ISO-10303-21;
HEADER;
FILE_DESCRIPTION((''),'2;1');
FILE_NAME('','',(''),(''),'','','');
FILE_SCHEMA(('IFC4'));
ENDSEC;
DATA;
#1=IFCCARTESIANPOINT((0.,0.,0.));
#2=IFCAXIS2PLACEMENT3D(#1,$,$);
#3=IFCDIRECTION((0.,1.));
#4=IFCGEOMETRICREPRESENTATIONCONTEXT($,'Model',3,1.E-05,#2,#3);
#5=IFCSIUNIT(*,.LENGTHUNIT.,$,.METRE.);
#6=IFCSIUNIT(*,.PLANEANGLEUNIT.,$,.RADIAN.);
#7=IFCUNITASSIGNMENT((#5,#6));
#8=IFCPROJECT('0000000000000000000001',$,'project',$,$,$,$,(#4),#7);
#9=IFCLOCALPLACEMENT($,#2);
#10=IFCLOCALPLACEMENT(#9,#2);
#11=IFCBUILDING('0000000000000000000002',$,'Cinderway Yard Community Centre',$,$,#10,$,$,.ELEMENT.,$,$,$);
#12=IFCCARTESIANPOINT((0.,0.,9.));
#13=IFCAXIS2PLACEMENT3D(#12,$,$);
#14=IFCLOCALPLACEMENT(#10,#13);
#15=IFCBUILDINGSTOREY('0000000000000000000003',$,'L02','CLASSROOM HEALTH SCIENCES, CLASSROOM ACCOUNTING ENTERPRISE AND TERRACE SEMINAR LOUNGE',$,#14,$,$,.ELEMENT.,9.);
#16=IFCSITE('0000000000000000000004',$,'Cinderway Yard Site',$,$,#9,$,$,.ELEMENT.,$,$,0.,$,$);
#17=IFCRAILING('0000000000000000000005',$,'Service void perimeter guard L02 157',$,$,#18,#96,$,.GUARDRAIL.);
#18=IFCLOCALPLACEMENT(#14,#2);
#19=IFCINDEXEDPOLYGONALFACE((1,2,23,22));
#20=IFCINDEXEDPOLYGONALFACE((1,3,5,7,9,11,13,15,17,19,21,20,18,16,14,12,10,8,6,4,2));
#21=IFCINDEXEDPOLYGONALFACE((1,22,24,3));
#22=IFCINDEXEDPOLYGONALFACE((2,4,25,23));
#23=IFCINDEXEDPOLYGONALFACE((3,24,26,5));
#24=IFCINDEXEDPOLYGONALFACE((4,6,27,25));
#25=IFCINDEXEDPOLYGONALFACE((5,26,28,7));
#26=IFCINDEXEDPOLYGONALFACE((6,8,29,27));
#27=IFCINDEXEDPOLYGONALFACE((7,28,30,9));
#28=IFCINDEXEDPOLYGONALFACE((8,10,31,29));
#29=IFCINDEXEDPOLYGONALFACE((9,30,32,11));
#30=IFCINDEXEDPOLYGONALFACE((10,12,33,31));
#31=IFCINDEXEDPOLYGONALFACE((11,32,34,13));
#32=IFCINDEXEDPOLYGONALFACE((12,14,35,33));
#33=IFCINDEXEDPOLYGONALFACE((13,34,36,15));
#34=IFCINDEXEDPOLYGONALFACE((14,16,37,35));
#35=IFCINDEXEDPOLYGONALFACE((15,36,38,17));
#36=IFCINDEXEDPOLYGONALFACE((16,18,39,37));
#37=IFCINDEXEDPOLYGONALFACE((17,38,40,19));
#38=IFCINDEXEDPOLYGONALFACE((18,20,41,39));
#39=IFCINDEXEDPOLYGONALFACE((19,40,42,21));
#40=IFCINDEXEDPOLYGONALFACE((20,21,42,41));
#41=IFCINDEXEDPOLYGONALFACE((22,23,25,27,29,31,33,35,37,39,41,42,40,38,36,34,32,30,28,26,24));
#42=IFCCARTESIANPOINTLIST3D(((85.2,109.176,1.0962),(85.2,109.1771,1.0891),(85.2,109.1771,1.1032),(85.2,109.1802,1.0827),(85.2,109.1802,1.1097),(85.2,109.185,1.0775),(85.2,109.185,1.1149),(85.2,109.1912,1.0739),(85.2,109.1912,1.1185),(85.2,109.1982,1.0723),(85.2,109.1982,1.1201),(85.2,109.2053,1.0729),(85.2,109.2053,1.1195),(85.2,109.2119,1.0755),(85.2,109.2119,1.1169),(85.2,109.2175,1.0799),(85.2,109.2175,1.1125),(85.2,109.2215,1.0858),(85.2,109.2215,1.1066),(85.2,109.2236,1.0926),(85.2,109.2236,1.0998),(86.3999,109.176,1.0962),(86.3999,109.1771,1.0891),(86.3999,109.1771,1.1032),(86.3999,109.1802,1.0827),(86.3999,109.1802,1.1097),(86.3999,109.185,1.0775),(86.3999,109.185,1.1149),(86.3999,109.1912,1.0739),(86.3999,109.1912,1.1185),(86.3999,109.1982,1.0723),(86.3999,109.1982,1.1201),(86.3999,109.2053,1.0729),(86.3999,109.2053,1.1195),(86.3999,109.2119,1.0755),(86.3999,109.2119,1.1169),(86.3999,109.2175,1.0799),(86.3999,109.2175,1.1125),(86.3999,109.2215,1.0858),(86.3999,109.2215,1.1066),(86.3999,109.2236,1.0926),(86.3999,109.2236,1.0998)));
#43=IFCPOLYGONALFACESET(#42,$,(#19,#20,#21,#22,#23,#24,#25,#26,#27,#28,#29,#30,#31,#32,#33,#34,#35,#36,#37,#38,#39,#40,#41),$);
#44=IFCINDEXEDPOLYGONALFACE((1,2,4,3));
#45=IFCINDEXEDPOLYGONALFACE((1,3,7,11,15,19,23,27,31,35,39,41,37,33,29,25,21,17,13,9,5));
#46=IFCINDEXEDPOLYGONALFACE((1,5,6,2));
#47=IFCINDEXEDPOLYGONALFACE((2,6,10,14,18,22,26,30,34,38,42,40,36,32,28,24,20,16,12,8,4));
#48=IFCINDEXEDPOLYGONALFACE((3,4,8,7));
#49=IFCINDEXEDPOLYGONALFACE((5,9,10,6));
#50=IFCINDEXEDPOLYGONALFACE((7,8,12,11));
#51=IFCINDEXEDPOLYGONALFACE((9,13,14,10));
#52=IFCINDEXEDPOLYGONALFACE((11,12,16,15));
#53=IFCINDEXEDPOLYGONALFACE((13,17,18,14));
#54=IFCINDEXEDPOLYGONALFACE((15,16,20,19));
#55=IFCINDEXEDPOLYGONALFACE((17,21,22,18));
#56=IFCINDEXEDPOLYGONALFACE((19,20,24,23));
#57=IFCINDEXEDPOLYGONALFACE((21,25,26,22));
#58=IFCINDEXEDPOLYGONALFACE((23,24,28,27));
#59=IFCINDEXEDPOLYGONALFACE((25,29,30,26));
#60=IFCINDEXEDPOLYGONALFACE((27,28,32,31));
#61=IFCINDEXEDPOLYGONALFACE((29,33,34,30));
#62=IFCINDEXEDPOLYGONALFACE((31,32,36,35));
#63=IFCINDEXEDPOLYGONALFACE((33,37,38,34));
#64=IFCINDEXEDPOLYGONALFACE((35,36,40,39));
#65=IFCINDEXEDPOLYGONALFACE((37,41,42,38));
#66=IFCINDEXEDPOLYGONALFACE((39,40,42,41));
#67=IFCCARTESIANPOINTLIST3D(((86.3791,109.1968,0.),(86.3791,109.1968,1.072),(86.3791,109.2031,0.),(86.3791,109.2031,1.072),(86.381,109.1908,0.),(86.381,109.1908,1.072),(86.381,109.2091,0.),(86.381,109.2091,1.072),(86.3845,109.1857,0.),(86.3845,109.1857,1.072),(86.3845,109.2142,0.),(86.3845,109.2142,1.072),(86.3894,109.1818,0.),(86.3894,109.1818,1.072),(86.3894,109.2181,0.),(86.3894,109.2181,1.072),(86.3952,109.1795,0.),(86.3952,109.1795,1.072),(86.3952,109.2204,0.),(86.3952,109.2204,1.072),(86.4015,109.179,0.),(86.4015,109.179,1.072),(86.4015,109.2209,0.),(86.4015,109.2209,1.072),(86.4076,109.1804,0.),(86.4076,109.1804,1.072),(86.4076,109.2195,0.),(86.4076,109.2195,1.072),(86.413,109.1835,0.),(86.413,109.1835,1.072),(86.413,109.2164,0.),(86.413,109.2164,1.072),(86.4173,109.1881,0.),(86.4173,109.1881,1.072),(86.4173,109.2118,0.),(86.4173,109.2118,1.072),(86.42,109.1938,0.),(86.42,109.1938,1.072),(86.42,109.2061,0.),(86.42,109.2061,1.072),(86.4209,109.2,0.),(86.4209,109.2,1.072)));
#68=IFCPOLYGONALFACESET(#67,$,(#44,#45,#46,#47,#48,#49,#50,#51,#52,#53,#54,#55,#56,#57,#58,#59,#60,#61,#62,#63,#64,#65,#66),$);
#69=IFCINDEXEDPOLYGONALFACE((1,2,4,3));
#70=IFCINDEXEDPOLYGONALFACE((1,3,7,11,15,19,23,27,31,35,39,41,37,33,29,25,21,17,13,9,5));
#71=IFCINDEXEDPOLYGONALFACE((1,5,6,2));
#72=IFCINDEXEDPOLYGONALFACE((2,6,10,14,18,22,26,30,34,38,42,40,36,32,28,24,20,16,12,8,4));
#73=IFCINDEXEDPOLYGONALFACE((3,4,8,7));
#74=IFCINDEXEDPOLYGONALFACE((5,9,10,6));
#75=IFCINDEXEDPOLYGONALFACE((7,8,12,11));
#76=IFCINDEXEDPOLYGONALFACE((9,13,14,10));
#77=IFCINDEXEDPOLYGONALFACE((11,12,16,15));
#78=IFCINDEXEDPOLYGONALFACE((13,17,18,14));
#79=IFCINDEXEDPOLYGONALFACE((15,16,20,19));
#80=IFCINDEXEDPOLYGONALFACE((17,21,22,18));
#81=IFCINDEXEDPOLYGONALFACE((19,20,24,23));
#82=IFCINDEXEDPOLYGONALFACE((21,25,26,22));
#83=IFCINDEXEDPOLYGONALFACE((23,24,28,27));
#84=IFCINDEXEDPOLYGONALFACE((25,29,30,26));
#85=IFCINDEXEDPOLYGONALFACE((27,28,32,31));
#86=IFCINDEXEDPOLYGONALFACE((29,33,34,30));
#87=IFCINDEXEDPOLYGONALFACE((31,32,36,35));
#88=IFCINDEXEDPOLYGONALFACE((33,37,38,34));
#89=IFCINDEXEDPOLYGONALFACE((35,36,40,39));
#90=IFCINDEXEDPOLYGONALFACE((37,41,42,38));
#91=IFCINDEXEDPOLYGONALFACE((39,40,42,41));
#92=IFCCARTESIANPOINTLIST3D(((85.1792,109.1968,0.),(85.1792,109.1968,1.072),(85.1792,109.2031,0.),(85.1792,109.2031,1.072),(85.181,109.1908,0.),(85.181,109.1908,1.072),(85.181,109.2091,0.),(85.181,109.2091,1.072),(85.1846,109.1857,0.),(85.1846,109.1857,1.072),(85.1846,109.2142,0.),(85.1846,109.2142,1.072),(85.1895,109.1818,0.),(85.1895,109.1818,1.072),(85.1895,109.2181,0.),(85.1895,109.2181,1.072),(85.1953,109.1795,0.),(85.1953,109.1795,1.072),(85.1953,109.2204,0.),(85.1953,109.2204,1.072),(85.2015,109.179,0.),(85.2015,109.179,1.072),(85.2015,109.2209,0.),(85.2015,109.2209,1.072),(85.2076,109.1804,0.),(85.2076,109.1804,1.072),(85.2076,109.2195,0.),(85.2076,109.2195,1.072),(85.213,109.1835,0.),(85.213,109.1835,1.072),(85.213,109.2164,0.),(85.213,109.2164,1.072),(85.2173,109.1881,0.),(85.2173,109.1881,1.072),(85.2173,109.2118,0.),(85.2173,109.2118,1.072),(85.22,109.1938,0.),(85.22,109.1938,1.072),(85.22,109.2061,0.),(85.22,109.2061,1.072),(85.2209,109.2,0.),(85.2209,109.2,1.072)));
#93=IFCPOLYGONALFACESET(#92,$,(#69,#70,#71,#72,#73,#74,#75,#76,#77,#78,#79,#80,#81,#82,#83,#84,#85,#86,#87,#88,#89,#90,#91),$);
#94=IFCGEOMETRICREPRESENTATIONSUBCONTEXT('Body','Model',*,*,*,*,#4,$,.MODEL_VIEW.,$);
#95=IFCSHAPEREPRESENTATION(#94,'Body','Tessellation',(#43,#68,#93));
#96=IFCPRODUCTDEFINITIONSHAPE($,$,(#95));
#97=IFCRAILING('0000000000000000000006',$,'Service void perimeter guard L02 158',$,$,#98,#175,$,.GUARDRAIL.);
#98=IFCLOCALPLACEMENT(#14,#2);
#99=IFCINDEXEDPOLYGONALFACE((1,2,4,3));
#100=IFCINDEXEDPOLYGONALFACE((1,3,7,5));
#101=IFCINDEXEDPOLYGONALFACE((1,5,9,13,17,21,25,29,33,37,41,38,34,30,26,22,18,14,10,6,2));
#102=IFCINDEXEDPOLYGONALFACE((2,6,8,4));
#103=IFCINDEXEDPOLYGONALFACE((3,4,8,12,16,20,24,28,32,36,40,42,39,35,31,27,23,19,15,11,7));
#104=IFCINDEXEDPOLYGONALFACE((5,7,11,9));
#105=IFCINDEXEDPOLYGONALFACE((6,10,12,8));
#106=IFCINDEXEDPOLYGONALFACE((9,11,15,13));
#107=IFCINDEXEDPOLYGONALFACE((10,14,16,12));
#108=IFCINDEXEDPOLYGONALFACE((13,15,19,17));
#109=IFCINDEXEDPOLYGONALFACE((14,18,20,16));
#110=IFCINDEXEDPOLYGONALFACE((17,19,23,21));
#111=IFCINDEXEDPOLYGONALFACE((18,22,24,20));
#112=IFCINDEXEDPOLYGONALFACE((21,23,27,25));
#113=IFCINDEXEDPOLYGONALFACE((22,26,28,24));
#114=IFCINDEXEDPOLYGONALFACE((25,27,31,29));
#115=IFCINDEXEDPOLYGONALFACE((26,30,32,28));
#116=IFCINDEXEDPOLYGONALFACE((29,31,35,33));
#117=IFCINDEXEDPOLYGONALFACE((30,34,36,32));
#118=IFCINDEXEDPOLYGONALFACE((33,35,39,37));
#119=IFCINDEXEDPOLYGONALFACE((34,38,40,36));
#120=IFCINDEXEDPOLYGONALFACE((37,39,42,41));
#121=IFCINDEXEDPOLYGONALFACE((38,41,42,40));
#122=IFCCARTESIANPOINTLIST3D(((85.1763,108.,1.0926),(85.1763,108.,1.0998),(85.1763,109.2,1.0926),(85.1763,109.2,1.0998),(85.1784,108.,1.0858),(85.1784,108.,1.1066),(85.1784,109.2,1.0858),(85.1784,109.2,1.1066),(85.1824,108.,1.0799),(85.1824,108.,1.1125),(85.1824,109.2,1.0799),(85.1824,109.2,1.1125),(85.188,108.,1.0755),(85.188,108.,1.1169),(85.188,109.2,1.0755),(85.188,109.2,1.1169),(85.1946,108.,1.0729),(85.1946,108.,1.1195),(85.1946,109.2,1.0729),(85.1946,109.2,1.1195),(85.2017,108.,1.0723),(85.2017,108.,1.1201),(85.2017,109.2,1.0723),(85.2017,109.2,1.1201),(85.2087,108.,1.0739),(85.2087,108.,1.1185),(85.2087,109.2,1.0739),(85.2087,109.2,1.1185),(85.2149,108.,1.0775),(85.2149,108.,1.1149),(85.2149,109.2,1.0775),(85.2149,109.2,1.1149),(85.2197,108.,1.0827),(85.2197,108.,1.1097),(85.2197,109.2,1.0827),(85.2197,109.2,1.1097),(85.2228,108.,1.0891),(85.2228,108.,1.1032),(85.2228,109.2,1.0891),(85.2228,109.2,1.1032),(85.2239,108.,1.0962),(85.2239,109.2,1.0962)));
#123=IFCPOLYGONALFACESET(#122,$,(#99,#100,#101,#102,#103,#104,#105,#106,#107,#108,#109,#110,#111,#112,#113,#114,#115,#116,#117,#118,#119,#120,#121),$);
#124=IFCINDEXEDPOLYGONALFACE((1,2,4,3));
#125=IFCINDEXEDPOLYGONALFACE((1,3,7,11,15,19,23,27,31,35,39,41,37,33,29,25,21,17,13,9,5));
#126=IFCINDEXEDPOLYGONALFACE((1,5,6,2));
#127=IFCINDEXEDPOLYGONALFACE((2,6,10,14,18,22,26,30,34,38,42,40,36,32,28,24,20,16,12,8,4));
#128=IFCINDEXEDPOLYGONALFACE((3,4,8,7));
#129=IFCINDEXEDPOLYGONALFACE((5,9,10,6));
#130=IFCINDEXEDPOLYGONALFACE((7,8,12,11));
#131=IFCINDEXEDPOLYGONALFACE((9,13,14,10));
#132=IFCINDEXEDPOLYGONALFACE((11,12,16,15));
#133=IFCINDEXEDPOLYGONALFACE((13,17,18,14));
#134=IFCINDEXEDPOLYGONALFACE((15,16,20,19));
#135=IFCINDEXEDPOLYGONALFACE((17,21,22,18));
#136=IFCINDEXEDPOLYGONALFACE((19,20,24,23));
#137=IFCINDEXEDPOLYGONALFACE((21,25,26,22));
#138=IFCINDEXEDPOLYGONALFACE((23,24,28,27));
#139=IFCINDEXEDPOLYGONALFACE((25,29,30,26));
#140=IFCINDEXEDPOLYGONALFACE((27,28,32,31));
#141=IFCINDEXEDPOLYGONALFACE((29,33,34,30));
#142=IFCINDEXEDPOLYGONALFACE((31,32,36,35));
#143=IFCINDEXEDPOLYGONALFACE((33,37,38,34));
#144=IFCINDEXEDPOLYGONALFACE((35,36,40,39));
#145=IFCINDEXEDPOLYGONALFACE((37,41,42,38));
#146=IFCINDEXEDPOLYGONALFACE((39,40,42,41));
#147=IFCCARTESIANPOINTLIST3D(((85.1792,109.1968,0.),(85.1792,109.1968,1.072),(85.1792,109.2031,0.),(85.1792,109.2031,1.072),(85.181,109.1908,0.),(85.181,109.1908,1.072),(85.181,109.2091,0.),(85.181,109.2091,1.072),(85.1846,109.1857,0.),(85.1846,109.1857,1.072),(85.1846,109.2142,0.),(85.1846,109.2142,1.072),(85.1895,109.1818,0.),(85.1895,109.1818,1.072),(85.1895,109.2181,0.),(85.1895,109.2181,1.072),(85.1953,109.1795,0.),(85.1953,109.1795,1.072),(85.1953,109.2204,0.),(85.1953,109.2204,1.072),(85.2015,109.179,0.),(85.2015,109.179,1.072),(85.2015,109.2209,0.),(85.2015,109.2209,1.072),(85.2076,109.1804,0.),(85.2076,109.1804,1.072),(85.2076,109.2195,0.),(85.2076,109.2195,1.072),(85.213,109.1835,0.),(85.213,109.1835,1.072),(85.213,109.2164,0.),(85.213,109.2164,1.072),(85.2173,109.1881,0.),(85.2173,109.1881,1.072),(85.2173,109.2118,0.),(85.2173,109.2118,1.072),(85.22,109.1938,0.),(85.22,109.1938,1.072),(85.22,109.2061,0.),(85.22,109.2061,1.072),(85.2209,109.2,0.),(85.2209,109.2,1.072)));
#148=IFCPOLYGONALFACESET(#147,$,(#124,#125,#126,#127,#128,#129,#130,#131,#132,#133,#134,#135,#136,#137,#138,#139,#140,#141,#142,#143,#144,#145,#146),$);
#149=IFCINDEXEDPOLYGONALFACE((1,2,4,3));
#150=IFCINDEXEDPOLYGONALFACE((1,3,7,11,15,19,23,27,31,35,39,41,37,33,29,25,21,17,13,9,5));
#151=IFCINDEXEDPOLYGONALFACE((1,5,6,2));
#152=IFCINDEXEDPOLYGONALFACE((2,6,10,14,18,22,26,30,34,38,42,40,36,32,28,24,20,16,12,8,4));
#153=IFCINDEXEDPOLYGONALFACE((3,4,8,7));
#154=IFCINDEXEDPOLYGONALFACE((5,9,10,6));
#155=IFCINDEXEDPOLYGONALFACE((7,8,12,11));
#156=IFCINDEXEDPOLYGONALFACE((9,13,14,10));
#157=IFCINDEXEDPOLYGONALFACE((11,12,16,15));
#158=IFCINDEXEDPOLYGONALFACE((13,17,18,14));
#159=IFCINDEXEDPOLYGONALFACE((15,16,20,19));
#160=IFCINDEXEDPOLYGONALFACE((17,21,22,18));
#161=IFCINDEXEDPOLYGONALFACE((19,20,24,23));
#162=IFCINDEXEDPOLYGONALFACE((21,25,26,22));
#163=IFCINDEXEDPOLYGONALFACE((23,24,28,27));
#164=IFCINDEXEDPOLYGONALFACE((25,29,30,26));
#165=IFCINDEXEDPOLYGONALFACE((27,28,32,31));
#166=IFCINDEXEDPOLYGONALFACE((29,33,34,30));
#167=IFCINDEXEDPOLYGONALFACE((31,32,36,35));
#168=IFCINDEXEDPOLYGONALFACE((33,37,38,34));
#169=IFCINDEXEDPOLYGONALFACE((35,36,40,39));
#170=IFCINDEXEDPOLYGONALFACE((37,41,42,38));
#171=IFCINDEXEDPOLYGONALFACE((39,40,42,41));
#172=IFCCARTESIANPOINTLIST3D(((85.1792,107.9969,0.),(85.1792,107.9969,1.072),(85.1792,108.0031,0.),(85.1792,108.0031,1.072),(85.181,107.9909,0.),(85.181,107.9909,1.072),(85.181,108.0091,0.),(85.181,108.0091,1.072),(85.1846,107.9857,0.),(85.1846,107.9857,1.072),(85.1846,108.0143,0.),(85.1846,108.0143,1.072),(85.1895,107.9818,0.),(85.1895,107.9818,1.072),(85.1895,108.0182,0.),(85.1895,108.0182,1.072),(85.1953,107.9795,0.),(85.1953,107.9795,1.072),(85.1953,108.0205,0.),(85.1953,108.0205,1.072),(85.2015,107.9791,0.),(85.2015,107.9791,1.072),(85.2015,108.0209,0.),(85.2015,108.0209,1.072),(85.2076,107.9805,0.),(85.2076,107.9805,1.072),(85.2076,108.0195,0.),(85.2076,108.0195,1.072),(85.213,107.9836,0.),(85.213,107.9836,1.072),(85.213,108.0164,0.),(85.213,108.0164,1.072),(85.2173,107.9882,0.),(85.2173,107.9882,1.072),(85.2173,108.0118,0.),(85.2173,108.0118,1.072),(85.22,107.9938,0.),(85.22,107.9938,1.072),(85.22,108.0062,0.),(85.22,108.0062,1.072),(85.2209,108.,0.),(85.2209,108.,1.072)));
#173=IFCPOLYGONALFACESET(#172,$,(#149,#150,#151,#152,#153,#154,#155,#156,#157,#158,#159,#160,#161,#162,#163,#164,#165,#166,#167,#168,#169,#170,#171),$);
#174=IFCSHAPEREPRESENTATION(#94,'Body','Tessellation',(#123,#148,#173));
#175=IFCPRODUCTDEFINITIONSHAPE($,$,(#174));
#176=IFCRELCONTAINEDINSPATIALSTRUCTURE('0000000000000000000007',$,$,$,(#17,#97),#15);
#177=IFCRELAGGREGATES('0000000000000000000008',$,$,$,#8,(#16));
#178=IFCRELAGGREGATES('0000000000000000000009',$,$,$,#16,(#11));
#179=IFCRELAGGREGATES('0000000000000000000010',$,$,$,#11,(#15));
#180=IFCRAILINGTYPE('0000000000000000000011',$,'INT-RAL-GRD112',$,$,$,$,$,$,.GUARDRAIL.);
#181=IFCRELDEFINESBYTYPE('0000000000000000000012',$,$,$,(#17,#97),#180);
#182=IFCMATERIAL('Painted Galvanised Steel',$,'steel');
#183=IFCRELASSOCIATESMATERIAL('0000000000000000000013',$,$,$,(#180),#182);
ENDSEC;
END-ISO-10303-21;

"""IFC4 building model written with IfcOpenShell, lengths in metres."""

from ifc_helpers import new_model, si_unit, direction, frame, origin, origin_2d, place, context, subcontext, project, spatial, circle, extrude, material, type_object, element, save


model = new_model("IFC4")

# Units and contexts
model_context = context("Model", 3, precision=1e-05, world=origin(), true_north=direction((0.0, 1.0)))
body_context = subcontext(model_context, "Body", "Model", "MODEL_VIEW")
ifc_project = project(units=[si_unit("LENGTHUNIT", "METRE"), si_unit("PLANEANGLEUNIT", "RADIAN")], contexts=[model_context])

# Site, building, storey
site_placement = place(None, origin())
site = spatial("IfcSite", under=ifc_project, at=site_placement, Name="Cinderway Yard Site", CompositionType="ELEMENT", RefElevation=0.0)
building_placement = place(site_placement, origin())
building = spatial("IfcBuilding", under=site, at=building_placement, Name="Cinderway Yard Community Centre", CompositionType="ELEMENT")
storey_placement = place(building_placement, frame((0.0, 0.0, 9.0)))
storey = spatial("IfcBuildingStorey", under=building, at=storey_placement, Name="L02", Description="CLASSROOM HEALTH SCIENCES, CLASSROOM ACCOUNTING ENTERPRISE AND TERRACE SEMINAR LOUNGE", CompositionType="ELEMENT", Elevation=9.0)

# Railings
ifc_material_1 = material(Name="Painted Galvanised Steel", Category="steel")
railing_type = type_object("IfcRailingType", Name="INT-RAL-GRD112", PredefinedType="GUARDRAIL", material=ifc_material_1)
railing_1_placement = place(storey_placement, frame((86.3999, 109.2, 0.0)))
element("IfcRailing", 1, at=railing_1_placement, inside=storey, type_object=railing_type, Name="Service void perimeter guard L02 157", PredefinedType="GUARDRAIL", context=body_context, shape_type="SweptSolid", body=[
    extrude(circle(Radius=0.0239, at=origin_2d()), frame((0.0, 0.0, 1.0962), z_axis=(-1.0, 0.0, 0.0), x_axis=(0.0, -1.0, 0.0)), (0.0, 0.0, 1.0), 1.2),
    extrude(circle(Radius=0.021, at=origin_2d()), origin(), (0.0, 0.0, 1.0), 1.072),
    extrude(circle(Radius=0.021, at=origin_2d()), frame((-1.2, 0.0, 0.0)), (0.0, 0.0, 1.0), 1.072),
])
railing_2_placement = place(storey_placement, frame((85.2, 109.2, 0.0)))
element("IfcRailing", 2, at=railing_2_placement, inside=storey, type_object=railing_type, Name="Service void perimeter guard L02 158", PredefinedType="GUARDRAIL", context=body_context, shape_type="SweptSolid", body=[
    extrude(circle(Radius=0.0239, at=origin_2d()), frame((0.0, 0.0, 1.0962), z_axis=(0.0, -1.0, 0.0), x_axis=(1.0, 0.0, 0.0)), (0.0, 0.0, 1.0), 1.2),
    extrude(circle(Radius=0.021, at=origin_2d()), origin(), (0.0, 0.0, 1.0), 1.072),
    extrude(circle(Radius=0.021, at=origin_2d()), frame((0.0, -1.2, 0.0)), (0.0, 0.0, 1.0), 1.072),
])

save(model, "model.ifc")
